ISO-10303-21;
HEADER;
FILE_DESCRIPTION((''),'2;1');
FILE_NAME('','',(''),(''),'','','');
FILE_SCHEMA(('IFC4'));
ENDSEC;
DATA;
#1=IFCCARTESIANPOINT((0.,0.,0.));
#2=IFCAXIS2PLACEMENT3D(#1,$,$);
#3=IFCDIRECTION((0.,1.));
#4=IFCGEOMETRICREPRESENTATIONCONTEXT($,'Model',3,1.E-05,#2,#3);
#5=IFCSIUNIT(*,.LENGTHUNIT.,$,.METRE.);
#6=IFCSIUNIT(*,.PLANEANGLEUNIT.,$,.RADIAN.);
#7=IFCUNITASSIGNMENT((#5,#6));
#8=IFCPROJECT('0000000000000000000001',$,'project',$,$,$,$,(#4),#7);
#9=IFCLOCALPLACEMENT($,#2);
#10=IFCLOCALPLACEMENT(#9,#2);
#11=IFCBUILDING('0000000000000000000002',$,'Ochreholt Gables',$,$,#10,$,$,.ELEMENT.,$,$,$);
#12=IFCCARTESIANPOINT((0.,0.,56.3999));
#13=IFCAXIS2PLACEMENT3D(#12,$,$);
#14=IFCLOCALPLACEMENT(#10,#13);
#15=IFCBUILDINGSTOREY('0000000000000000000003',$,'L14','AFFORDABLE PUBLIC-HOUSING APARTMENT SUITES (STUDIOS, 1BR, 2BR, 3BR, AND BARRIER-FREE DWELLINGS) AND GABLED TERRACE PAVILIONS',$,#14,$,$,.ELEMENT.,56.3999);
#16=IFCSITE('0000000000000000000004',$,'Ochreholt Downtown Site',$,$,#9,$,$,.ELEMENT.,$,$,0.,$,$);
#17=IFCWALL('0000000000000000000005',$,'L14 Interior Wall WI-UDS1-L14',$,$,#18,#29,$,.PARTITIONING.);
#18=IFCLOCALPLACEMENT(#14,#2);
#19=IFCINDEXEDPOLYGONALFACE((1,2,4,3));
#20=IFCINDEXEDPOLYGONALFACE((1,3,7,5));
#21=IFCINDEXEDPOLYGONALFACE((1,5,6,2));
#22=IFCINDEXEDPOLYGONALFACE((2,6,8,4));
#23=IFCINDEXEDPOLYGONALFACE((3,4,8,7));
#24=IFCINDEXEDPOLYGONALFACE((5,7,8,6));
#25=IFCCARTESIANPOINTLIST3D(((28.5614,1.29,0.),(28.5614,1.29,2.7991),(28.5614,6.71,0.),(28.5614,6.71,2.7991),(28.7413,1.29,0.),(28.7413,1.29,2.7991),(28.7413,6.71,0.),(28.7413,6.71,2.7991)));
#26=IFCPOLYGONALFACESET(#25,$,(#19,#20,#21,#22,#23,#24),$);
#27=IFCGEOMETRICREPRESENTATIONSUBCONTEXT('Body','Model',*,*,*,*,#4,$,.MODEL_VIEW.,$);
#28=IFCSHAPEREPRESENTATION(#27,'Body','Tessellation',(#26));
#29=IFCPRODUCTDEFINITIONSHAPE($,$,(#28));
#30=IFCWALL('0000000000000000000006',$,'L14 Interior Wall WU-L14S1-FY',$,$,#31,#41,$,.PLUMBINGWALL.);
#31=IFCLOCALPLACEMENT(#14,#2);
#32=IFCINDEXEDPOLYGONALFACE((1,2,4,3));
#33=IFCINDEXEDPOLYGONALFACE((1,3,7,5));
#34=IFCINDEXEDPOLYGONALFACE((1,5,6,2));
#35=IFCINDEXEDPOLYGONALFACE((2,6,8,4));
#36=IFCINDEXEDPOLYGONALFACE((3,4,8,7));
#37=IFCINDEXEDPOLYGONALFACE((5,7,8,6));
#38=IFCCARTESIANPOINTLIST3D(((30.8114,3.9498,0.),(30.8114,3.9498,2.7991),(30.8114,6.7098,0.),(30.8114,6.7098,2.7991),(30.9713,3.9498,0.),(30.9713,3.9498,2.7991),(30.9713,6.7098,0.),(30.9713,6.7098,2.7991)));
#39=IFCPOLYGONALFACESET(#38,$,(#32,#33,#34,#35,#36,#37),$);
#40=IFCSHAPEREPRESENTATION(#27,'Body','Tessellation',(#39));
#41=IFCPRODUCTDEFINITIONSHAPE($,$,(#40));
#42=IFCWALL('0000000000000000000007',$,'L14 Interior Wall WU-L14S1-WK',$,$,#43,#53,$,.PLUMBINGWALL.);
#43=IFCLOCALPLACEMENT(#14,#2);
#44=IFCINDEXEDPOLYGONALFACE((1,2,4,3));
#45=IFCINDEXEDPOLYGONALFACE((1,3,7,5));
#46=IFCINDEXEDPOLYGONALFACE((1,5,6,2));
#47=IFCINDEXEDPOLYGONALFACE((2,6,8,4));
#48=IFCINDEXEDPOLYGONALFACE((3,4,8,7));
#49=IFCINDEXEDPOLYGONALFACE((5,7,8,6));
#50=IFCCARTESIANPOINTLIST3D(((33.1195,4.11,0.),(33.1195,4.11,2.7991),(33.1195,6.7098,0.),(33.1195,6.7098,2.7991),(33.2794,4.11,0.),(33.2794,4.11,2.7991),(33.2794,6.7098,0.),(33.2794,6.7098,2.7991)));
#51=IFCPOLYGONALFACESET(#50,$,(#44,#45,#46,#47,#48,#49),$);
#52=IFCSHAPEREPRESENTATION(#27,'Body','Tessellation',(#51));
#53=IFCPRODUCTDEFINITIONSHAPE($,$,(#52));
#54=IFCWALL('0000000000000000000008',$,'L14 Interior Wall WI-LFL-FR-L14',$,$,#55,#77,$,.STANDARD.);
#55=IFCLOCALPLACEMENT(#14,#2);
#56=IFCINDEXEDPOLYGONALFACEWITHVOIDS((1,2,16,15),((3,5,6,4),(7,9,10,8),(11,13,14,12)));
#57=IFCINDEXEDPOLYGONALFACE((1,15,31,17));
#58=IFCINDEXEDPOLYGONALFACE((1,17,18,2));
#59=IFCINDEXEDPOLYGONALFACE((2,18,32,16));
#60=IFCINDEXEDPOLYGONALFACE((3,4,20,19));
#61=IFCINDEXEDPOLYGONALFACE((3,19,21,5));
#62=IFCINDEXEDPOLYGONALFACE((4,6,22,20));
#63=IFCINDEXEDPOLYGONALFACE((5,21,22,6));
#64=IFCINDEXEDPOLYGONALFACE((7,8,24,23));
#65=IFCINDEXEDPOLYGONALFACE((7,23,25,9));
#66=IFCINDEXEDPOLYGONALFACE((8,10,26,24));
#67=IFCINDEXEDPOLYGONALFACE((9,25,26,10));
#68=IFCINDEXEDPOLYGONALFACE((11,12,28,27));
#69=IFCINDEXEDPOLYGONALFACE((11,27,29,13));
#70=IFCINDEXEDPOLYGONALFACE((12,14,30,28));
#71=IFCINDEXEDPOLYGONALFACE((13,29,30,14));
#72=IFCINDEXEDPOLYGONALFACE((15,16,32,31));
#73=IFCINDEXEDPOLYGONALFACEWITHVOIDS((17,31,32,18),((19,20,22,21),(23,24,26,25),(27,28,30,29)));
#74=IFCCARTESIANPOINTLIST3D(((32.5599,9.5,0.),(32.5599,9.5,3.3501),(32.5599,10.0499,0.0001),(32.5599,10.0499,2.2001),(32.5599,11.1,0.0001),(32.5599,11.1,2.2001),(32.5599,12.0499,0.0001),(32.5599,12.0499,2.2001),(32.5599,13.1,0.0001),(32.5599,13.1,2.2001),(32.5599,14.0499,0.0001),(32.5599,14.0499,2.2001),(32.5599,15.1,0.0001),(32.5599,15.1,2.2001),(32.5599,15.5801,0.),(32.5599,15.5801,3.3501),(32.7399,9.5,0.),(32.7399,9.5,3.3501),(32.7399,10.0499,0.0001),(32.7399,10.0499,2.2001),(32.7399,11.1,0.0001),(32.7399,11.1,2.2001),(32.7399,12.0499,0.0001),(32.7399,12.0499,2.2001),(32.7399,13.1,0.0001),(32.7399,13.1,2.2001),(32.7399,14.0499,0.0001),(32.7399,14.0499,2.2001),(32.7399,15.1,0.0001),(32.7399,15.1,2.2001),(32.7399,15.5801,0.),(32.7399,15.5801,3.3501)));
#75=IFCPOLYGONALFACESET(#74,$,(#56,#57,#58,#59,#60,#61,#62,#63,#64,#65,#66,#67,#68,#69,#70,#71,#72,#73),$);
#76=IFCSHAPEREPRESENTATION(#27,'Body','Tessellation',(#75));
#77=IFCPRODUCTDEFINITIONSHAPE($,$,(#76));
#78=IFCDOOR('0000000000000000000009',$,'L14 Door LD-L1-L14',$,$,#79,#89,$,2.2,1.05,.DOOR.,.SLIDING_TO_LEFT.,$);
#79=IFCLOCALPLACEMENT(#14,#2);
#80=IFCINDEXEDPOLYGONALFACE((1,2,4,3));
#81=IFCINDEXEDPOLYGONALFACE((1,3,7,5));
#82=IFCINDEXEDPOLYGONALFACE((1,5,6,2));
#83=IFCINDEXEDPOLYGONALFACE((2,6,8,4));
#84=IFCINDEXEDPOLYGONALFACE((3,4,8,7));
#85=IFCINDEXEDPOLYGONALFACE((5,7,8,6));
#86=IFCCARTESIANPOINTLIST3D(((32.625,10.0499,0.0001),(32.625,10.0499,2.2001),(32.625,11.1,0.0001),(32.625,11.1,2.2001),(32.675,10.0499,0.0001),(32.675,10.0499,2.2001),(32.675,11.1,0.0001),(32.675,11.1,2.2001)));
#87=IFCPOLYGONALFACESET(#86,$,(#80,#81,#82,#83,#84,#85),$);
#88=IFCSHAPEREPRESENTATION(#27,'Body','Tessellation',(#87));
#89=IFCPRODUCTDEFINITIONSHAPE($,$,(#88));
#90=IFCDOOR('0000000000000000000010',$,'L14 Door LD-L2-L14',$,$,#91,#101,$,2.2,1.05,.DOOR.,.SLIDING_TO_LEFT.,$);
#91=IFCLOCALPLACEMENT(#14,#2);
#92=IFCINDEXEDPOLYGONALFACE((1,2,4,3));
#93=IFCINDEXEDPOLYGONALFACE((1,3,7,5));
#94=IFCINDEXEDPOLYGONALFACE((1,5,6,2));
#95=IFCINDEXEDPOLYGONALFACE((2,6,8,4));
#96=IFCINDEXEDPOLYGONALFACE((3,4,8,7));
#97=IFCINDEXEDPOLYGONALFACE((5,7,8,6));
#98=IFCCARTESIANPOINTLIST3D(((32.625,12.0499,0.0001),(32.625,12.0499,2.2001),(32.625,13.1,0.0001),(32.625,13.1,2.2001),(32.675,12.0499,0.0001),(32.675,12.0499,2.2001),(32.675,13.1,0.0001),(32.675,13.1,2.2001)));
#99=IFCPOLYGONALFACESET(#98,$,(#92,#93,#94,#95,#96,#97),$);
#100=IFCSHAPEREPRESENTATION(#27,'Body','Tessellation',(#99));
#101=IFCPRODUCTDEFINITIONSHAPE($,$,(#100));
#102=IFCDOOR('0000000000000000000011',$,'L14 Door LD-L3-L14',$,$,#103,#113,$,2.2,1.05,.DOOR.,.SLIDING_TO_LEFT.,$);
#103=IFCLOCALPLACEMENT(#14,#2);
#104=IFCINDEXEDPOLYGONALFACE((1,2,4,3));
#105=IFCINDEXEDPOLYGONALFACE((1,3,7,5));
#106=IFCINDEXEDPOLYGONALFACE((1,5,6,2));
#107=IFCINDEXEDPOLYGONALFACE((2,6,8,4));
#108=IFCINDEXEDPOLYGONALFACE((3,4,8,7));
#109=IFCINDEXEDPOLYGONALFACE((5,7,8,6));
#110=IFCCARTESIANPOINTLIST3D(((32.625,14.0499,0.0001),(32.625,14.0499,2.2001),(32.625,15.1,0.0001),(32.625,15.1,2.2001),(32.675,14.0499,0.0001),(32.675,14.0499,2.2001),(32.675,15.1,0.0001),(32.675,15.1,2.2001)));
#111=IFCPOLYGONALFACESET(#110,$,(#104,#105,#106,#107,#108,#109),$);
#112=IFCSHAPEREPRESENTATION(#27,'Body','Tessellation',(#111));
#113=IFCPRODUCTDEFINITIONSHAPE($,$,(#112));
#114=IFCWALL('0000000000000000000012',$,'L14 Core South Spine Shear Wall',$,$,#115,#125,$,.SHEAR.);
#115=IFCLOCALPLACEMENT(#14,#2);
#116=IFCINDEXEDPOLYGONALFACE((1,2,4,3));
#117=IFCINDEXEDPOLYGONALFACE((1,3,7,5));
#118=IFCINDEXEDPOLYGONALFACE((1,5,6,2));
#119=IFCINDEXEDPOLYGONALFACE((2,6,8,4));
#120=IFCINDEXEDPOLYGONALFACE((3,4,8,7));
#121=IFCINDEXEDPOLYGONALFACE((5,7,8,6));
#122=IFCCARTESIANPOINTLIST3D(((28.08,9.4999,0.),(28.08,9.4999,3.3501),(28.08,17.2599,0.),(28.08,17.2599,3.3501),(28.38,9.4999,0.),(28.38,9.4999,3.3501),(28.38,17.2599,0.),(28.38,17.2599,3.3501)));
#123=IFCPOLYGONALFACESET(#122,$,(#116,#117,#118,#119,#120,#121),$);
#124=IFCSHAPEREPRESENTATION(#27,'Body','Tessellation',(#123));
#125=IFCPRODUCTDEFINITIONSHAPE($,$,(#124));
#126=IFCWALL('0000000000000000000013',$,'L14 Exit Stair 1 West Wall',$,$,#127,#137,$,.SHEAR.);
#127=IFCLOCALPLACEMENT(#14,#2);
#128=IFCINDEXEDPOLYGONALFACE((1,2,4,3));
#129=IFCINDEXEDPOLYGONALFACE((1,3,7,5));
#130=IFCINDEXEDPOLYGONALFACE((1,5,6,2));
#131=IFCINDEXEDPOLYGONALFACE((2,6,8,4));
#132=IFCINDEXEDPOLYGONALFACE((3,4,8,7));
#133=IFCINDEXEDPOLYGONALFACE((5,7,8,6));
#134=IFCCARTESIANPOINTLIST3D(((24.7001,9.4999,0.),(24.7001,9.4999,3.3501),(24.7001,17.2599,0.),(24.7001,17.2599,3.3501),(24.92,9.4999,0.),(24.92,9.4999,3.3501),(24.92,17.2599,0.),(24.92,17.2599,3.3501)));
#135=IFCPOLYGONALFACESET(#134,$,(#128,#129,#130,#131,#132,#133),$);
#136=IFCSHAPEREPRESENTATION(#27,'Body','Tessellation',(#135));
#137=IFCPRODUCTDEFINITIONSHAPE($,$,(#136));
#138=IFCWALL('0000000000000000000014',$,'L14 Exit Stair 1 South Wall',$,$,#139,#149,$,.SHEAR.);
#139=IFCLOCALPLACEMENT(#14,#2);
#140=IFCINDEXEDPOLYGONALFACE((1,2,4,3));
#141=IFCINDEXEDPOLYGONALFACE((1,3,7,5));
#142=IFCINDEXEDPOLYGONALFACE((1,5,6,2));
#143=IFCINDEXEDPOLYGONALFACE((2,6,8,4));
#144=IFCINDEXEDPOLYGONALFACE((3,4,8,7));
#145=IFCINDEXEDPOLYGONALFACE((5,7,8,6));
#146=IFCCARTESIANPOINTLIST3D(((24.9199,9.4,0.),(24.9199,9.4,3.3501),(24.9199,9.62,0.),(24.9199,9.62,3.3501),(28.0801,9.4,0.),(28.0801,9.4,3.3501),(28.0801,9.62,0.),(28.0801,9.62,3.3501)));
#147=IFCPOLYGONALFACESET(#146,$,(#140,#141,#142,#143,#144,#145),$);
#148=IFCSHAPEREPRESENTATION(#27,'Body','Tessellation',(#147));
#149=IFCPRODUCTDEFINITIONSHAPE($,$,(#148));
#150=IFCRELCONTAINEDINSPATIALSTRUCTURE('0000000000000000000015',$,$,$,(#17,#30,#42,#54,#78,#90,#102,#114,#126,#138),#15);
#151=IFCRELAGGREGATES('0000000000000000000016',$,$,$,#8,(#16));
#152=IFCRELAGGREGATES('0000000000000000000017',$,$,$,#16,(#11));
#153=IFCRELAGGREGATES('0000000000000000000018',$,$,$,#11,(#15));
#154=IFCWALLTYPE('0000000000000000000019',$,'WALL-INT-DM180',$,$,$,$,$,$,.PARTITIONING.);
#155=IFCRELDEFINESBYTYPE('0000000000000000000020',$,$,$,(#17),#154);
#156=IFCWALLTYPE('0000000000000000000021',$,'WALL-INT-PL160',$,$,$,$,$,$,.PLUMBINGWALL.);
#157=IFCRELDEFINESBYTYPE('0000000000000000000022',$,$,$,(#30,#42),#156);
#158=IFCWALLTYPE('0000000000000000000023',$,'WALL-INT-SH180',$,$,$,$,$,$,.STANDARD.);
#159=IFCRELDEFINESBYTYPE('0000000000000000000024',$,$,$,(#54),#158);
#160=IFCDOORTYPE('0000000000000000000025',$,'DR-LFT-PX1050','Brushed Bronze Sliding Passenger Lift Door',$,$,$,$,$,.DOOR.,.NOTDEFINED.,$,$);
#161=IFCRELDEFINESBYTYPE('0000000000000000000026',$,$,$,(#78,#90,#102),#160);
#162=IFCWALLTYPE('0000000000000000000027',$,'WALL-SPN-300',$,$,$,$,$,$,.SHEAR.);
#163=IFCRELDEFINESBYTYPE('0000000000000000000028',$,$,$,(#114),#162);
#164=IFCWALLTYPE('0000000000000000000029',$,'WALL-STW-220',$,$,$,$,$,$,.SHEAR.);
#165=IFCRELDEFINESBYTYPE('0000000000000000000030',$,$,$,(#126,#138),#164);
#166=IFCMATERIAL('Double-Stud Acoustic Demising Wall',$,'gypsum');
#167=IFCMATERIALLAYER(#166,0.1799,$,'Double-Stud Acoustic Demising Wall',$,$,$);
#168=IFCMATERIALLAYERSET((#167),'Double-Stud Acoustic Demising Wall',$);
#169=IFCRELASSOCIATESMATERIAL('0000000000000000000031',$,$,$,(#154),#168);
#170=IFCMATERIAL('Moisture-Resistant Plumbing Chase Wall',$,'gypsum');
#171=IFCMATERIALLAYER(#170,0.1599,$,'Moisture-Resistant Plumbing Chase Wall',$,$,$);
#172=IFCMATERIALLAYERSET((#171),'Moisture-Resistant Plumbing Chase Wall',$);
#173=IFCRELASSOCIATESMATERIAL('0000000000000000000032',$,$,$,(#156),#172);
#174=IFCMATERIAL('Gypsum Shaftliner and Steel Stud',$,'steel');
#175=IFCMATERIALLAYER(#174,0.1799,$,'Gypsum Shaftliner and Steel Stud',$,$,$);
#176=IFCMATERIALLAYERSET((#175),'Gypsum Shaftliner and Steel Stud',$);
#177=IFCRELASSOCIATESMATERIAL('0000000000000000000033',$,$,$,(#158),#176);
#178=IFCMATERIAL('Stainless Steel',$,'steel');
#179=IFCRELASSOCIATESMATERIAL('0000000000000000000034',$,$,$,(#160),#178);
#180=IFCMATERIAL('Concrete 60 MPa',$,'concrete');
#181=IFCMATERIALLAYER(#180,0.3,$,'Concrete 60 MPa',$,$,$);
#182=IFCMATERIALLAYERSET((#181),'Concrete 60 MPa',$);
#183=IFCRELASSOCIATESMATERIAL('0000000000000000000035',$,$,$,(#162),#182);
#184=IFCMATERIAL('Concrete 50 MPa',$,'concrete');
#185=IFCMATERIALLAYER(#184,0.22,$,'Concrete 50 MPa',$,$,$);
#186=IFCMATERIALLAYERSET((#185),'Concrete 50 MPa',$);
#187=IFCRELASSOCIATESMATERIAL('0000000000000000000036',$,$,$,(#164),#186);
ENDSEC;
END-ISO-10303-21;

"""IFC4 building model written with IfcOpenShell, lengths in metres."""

from ifc_helpers import new_model, si_unit, direction, frame, frame_2d, origin, place, context, subcontext, project, spatial, rectangle, extrude, material, layer, layer_set, type_object, element, fill, save


model = new_model("IFC4")

# Units and contexts
model_context = context("Model", 3, precision=1e-05, world=origin(), true_north=direction((0.0, 1.0)))
body_context = subcontext(model_context, "Body", "Model", "MODEL_VIEW")
ifc_project = project(units=[si_unit("LENGTHUNIT", "METRE"), si_unit("PLANEANGLEUNIT", "RADIAN")], contexts=[model_context])

# Site, building, storey
site_placement = place(None, origin())
site = spatial("IfcSite", under=ifc_project, at=site_placement, Name="Ochreholt Downtown Site", CompositionType="ELEMENT", RefElevation=0.0)
building_placement = place(site_placement, origin())
building = spatial("IfcBuilding", under=site, at=building_placement, Name="Ochreholt Gables", CompositionType="ELEMENT")
storey_placement = place(building_placement, frame((0.0, 0.0, 56.3999)))
storey = spatial("IfcBuildingStorey", under=building, at=storey_placement, Name="L14", Description="AFFORDABLE PUBLIC-HOUSING APARTMENT SUITES (STUDIOS, 1BR, 2BR, 3BR, AND BARRIER-FREE DWELLINGS) AND GABLED TERRACE PAVILIONS", CompositionType="ELEMENT", Elevation=56.3999)

# Shared definitions
ifc_material_1 = material(Name="Concrete 60 MPa", Category="concrete")

# Wall
ifc_material_2 = material(Name="Double-Stud Acoustic Demising Wall", Category="gypsum")
ifc_layer_1 = layer(ifc_material_2, 0.1799, Name="Double-Stud Acoustic Demising Wall")
ifc_layer_set_1 = layer_set([ifc_layer_1], Name="Double-Stud Acoustic Demising Wall")
wall_type_1 = type_object("IfcWallType", Name="WALL-INT-DM180", PredefinedType="PARTITIONING", material=ifc_layer_set_1)
wall_1_placement = place(storey_placement, frame((28.6514, 1.29, 0.0), z_axis=(0.0, 0.0, 1.0), x_axis=(0.0, 1.0, 0.0)))
element("IfcWall", 1, at=wall_1_placement, inside=storey, type_object=wall_type_1, Name="L14 Interior Wall WI-UDS1-L14", PredefinedType="PARTITIONING", context=body_context, shape_type="SweptSolid", body=[
    extrude(rectangle(XDim=5.4199, YDim=0.1799, at=frame_2d((2.71, 0.0))), origin(), (0.0, 0.0, 1.0), 2.7991),
])

# Shared definitions
ifc_material_3 = material(Name="Moisture-Resistant Plumbing Chase Wall", Category="gypsum")
ifc_layer_2 = layer(ifc_material_3, 0.1599, Name="Moisture-Resistant Plumbing Chase Wall")
ifc_layer_set_2 = layer_set([ifc_layer_2], Name="Moisture-Resistant Plumbing Chase Wall")
wall_type_2 = type_object("IfcWallType", Name="WALL-INT-PL160", PredefinedType="PLUMBINGWALL", material=ifc_layer_set_2)

# Walls
wall_2_placement = place(storey_placement, frame((30.8914, 3.95, 0.0), z_axis=(0.0, 0.0, 1.0), x_axis=(0.0, 1.0, 0.0)))
element("IfcWall", 2, at=wall_2_placement, inside=storey, type_object=wall_type_2, Name="L14 Interior Wall WU-L14S1-FY", PredefinedType="PLUMBINGWALL", context=body_context, shape_type="SweptSolid", body=[
    extrude(rectangle(XDim=2.76, YDim=0.1599, at=frame_2d((1.3799, 0.0))), origin(), (0.0, 0.0, 1.0), 2.7991),
])
wall_3_placement = place(storey_placement, frame((33.1995, 4.1101, 0.0), z_axis=(0.0, 0.0, 1.0), x_axis=(0.0, 1.0, 0.0)))
element("IfcWall", 3, at=wall_3_placement, inside=storey, type_object=wall_type_2, Name="L14 Interior Wall WU-L14S1-WK", PredefinedType="PLUMBINGWALL", context=body_context, shape_type="SweptSolid", body=[
    extrude(rectangle(XDim=2.5999, YDim=0.1599, at=frame_2d((1.2998, 0.0))), origin(), (0.0, 0.0, 1.0), 2.7991),
])

# Wall, openings, doors
ifc_material_4 = material(Name="Gypsum Shaftliner and Steel Stud", Category="steel")
ifc_layer_3 = layer(ifc_material_4, 0.1799, Name="Gypsum Shaftliner and Steel Stud")
ifc_layer_set_3 = layer_set([ifc_layer_3], Name="Gypsum Shaftliner and Steel Stud")
wall_type_3 = type_object("IfcWallType", Name="WALL-INT-SH180", PredefinedType="STANDARD", material=ifc_layer_set_3)
wall_4_placement = place(storey_placement, frame((32.6499, 9.5, 0.0), z_axis=(0.0, 0.0, 1.0), x_axis=(0.0, 1.0, 0.0)))
wall_4 = element("IfcWall", 4, at=wall_4_placement, inside=storey, type_object=wall_type_3, Name="L14 Interior Wall WI-LFL-FR-L14", PredefinedType="STANDARD", context=body_context, shape_type="SweptSolid", body=[
    extrude(rectangle(XDim=6.0801, YDim=0.1799, at=frame_2d((3.04, 0.0))), origin(), (0.0, 0.0, 1.0), 3.3501),
])
opening_1_placement = place(wall_4_placement, frame((0.55, 0.0, 0.0)))
opening_1 = element("IfcOpeningElement", 5, at=opening_1_placement, cuts=wall_4, PredefinedType="OPENING", context=body_context, shape_type="SweptSolid", body=[
    extrude(rectangle(XDim=1.05, YDim=2.2, at=frame_2d((0.5249, 1.1001))), frame((0.0, 0.0999, 0.0), z_axis=(0.0, -1.0, 0.0), x_axis=(1.0, 0.0, 0.0)), (0.0, 0.0, 1.0), 0.2),
])
opening_2_placement = place(wall_4_placement, frame((2.55, 0.0, 0.0)))
opening_2 = element("IfcOpeningElement", 6, at=opening_2_placement, cuts=wall_4, PredefinedType="OPENING", context=body_context, shape_type="SweptSolid", body=[
    extrude(rectangle(XDim=1.05, YDim=2.2, at=frame_2d((0.5249, 1.1001))), frame((0.0, 0.0999, 0.0), z_axis=(0.0, -1.0, 0.0), x_axis=(1.0, 0.0, 0.0)), (0.0, 0.0, 1.0), 0.2),
])
opening_3_placement = place(wall_4_placement, frame((4.55, 0.0, 0.0)))
opening_3 = element("IfcOpeningElement", 7, at=opening_3_placement, cuts=wall_4, PredefinedType="OPENING", context=body_context, shape_type="SweptSolid", body=[
    extrude(rectangle(XDim=1.05, YDim=2.2, at=frame_2d((0.5249, 1.1001))), frame((0.0, 0.0999, 0.0), z_axis=(0.0, -1.0, 0.0), x_axis=(1.0, 0.0, 0.0)), (0.0, 0.0, 1.0), 0.2),
])
ifc_material_5 = material(Name="Stainless Steel", Category="steel")
door_type_1 = type_object("IfcDoorType", Name="DR-LFT-PX1050", Description="Brushed Bronze Sliding Passenger Lift Door", OperationType="NOTDEFINED", PredefinedType="DOOR", material=ifc_material_5)
door_1_placement = place(opening_1_placement, origin())
door_1 = element("IfcDoor", 8, at=door_1_placement, inside=storey, type_object=door_type_1, Name="L14 Door LD-L1-L14", OperationType="SLIDING_TO_LEFT", OverallHeight=2.2, OverallWidth=1.05, PredefinedType="DOOR", context=body_context, shape_type="SweptSolid", body=[
    extrude(rectangle(XDim=1.05, YDim=2.2, at=frame_2d((0.5249, 1.1001))), frame((0.0, 0.0249, 0.0), z_axis=(0.0, -1.0, 0.0), x_axis=(1.0, 0.0, 0.0)), (0.0, 0.0, 1.0), 0.05),
])
fill(opening_1, door_1)
door_2_placement = place(opening_2_placement, origin())
door_2 = element("IfcDoor", 9, at=door_2_placement, inside=storey, type_object=door_type_1, Name="L14 Door LD-L2-L14", OperationType="SLIDING_TO_LEFT", OverallHeight=2.2, OverallWidth=1.05, PredefinedType="DOOR", context=body_context, shape_type="SweptSolid", body=[
    extrude(rectangle(XDim=1.05, YDim=2.2, at=frame_2d((0.5249, 1.1001))), frame((0.0, 0.0249, 0.0), z_axis=(0.0, -1.0, 0.0), x_axis=(1.0, 0.0, 0.0)), (0.0, 0.0, 1.0), 0.05),
])
fill(opening_2, door_2)
door_3_placement = place(opening_3_placement, origin())
door_3 = element("IfcDoor", 10, at=door_3_placement, inside=storey, type_object=door_type_1, Name="L14 Door LD-L3-L14", OperationType="SLIDING_TO_LEFT", OverallHeight=2.2, OverallWidth=1.05, PredefinedType="DOOR", context=body_context, shape_type="SweptSolid", body=[
    extrude(rectangle(XDim=1.05, YDim=2.2, at=frame_2d((0.5249, 1.1001))), frame((0.0, 0.0249, 0.0), z_axis=(0.0, -1.0, 0.0), x_axis=(1.0, 0.0, 0.0)), (0.0, 0.0, 1.0), 0.05),
])
fill(opening_3, door_3)

# Walls
ifc_layer_4 = layer(ifc_material_1, 0.3, Name="Concrete 60 MPa")
ifc_layer_set_4 = layer_set([ifc_layer_4], Name="Concrete 60 MPa")
wall_type_4 = type_object("IfcWallType", Name="WALL-SPN-300", PredefinedType="SHEAR", material=ifc_layer_set_4)
wall_5_placement = place(storey_placement, frame((28.23, 9.5, 0.0), z_axis=(0.0, 0.0, 1.0), x_axis=(0.0, 1.0, 0.0)))
element("IfcWall", 11, at=wall_5_placement, inside=storey, type_object=wall_type_4, Name="L14 Core South Spine Shear Wall", PredefinedType="SHEAR", context=body_context, shape_type="SweptSolid", body=[
    extrude(rectangle(XDim=7.76, YDim=0.3, at=frame_2d((3.8799, 0.0))), origin(), (0.0, 0.0, 1.0), 3.3501),
])
ifc_material_6 = material(Name="Concrete 50 MPa", Category="concrete")
ifc_layer_5 = layer(ifc_material_6, 0.22, Name="Concrete 50 MPa")
ifc_layer_set_5 = layer_set([ifc_layer_5], Name="Concrete 50 MPa")
wall_type_5 = type_object("IfcWallType", Name="WALL-STW-220", PredefinedType="SHEAR", material=ifc_layer_set_5)
wall_6_placement = place(storey_placement, frame((24.8101, 9.5, 0.0), z_axis=(0.0, 0.0, 1.0), x_axis=(0.0, 1.0, 0.0)))
element("IfcWall", 12, at=wall_6_placement, inside=storey, type_object=wall_type_5, Name="L14 Exit Stair 1 West Wall", PredefinedType="SHEAR", context=body_context, shape_type="SweptSolid", body=[
    extrude(rectangle(XDim=7.76, YDim=0.22, at=frame_2d((3.8799, 0.0))), origin(), (0.0, 0.0, 1.0), 3.3501),
])
wall_7_placement = place(storey_placement, frame((24.9199, 9.51, 0.0), z_axis=(0.0, 0.0, 1.0), x_axis=(1.0, 0.0, 0.0)))
element("IfcWall", 13, at=wall_7_placement, inside=storey, type_object=wall_type_5, Name="L14 Exit Stair 1 South Wall", PredefinedType="SHEAR", context=body_context, shape_type="SweptSolid", body=[
    extrude(rectangle(XDim=3.1602, YDim=0.22, at=frame_2d((1.5801, 0.0))), origin(), (0.0, 0.0, 1.0), 3.3501),
])

save(model, "model.ifc")
